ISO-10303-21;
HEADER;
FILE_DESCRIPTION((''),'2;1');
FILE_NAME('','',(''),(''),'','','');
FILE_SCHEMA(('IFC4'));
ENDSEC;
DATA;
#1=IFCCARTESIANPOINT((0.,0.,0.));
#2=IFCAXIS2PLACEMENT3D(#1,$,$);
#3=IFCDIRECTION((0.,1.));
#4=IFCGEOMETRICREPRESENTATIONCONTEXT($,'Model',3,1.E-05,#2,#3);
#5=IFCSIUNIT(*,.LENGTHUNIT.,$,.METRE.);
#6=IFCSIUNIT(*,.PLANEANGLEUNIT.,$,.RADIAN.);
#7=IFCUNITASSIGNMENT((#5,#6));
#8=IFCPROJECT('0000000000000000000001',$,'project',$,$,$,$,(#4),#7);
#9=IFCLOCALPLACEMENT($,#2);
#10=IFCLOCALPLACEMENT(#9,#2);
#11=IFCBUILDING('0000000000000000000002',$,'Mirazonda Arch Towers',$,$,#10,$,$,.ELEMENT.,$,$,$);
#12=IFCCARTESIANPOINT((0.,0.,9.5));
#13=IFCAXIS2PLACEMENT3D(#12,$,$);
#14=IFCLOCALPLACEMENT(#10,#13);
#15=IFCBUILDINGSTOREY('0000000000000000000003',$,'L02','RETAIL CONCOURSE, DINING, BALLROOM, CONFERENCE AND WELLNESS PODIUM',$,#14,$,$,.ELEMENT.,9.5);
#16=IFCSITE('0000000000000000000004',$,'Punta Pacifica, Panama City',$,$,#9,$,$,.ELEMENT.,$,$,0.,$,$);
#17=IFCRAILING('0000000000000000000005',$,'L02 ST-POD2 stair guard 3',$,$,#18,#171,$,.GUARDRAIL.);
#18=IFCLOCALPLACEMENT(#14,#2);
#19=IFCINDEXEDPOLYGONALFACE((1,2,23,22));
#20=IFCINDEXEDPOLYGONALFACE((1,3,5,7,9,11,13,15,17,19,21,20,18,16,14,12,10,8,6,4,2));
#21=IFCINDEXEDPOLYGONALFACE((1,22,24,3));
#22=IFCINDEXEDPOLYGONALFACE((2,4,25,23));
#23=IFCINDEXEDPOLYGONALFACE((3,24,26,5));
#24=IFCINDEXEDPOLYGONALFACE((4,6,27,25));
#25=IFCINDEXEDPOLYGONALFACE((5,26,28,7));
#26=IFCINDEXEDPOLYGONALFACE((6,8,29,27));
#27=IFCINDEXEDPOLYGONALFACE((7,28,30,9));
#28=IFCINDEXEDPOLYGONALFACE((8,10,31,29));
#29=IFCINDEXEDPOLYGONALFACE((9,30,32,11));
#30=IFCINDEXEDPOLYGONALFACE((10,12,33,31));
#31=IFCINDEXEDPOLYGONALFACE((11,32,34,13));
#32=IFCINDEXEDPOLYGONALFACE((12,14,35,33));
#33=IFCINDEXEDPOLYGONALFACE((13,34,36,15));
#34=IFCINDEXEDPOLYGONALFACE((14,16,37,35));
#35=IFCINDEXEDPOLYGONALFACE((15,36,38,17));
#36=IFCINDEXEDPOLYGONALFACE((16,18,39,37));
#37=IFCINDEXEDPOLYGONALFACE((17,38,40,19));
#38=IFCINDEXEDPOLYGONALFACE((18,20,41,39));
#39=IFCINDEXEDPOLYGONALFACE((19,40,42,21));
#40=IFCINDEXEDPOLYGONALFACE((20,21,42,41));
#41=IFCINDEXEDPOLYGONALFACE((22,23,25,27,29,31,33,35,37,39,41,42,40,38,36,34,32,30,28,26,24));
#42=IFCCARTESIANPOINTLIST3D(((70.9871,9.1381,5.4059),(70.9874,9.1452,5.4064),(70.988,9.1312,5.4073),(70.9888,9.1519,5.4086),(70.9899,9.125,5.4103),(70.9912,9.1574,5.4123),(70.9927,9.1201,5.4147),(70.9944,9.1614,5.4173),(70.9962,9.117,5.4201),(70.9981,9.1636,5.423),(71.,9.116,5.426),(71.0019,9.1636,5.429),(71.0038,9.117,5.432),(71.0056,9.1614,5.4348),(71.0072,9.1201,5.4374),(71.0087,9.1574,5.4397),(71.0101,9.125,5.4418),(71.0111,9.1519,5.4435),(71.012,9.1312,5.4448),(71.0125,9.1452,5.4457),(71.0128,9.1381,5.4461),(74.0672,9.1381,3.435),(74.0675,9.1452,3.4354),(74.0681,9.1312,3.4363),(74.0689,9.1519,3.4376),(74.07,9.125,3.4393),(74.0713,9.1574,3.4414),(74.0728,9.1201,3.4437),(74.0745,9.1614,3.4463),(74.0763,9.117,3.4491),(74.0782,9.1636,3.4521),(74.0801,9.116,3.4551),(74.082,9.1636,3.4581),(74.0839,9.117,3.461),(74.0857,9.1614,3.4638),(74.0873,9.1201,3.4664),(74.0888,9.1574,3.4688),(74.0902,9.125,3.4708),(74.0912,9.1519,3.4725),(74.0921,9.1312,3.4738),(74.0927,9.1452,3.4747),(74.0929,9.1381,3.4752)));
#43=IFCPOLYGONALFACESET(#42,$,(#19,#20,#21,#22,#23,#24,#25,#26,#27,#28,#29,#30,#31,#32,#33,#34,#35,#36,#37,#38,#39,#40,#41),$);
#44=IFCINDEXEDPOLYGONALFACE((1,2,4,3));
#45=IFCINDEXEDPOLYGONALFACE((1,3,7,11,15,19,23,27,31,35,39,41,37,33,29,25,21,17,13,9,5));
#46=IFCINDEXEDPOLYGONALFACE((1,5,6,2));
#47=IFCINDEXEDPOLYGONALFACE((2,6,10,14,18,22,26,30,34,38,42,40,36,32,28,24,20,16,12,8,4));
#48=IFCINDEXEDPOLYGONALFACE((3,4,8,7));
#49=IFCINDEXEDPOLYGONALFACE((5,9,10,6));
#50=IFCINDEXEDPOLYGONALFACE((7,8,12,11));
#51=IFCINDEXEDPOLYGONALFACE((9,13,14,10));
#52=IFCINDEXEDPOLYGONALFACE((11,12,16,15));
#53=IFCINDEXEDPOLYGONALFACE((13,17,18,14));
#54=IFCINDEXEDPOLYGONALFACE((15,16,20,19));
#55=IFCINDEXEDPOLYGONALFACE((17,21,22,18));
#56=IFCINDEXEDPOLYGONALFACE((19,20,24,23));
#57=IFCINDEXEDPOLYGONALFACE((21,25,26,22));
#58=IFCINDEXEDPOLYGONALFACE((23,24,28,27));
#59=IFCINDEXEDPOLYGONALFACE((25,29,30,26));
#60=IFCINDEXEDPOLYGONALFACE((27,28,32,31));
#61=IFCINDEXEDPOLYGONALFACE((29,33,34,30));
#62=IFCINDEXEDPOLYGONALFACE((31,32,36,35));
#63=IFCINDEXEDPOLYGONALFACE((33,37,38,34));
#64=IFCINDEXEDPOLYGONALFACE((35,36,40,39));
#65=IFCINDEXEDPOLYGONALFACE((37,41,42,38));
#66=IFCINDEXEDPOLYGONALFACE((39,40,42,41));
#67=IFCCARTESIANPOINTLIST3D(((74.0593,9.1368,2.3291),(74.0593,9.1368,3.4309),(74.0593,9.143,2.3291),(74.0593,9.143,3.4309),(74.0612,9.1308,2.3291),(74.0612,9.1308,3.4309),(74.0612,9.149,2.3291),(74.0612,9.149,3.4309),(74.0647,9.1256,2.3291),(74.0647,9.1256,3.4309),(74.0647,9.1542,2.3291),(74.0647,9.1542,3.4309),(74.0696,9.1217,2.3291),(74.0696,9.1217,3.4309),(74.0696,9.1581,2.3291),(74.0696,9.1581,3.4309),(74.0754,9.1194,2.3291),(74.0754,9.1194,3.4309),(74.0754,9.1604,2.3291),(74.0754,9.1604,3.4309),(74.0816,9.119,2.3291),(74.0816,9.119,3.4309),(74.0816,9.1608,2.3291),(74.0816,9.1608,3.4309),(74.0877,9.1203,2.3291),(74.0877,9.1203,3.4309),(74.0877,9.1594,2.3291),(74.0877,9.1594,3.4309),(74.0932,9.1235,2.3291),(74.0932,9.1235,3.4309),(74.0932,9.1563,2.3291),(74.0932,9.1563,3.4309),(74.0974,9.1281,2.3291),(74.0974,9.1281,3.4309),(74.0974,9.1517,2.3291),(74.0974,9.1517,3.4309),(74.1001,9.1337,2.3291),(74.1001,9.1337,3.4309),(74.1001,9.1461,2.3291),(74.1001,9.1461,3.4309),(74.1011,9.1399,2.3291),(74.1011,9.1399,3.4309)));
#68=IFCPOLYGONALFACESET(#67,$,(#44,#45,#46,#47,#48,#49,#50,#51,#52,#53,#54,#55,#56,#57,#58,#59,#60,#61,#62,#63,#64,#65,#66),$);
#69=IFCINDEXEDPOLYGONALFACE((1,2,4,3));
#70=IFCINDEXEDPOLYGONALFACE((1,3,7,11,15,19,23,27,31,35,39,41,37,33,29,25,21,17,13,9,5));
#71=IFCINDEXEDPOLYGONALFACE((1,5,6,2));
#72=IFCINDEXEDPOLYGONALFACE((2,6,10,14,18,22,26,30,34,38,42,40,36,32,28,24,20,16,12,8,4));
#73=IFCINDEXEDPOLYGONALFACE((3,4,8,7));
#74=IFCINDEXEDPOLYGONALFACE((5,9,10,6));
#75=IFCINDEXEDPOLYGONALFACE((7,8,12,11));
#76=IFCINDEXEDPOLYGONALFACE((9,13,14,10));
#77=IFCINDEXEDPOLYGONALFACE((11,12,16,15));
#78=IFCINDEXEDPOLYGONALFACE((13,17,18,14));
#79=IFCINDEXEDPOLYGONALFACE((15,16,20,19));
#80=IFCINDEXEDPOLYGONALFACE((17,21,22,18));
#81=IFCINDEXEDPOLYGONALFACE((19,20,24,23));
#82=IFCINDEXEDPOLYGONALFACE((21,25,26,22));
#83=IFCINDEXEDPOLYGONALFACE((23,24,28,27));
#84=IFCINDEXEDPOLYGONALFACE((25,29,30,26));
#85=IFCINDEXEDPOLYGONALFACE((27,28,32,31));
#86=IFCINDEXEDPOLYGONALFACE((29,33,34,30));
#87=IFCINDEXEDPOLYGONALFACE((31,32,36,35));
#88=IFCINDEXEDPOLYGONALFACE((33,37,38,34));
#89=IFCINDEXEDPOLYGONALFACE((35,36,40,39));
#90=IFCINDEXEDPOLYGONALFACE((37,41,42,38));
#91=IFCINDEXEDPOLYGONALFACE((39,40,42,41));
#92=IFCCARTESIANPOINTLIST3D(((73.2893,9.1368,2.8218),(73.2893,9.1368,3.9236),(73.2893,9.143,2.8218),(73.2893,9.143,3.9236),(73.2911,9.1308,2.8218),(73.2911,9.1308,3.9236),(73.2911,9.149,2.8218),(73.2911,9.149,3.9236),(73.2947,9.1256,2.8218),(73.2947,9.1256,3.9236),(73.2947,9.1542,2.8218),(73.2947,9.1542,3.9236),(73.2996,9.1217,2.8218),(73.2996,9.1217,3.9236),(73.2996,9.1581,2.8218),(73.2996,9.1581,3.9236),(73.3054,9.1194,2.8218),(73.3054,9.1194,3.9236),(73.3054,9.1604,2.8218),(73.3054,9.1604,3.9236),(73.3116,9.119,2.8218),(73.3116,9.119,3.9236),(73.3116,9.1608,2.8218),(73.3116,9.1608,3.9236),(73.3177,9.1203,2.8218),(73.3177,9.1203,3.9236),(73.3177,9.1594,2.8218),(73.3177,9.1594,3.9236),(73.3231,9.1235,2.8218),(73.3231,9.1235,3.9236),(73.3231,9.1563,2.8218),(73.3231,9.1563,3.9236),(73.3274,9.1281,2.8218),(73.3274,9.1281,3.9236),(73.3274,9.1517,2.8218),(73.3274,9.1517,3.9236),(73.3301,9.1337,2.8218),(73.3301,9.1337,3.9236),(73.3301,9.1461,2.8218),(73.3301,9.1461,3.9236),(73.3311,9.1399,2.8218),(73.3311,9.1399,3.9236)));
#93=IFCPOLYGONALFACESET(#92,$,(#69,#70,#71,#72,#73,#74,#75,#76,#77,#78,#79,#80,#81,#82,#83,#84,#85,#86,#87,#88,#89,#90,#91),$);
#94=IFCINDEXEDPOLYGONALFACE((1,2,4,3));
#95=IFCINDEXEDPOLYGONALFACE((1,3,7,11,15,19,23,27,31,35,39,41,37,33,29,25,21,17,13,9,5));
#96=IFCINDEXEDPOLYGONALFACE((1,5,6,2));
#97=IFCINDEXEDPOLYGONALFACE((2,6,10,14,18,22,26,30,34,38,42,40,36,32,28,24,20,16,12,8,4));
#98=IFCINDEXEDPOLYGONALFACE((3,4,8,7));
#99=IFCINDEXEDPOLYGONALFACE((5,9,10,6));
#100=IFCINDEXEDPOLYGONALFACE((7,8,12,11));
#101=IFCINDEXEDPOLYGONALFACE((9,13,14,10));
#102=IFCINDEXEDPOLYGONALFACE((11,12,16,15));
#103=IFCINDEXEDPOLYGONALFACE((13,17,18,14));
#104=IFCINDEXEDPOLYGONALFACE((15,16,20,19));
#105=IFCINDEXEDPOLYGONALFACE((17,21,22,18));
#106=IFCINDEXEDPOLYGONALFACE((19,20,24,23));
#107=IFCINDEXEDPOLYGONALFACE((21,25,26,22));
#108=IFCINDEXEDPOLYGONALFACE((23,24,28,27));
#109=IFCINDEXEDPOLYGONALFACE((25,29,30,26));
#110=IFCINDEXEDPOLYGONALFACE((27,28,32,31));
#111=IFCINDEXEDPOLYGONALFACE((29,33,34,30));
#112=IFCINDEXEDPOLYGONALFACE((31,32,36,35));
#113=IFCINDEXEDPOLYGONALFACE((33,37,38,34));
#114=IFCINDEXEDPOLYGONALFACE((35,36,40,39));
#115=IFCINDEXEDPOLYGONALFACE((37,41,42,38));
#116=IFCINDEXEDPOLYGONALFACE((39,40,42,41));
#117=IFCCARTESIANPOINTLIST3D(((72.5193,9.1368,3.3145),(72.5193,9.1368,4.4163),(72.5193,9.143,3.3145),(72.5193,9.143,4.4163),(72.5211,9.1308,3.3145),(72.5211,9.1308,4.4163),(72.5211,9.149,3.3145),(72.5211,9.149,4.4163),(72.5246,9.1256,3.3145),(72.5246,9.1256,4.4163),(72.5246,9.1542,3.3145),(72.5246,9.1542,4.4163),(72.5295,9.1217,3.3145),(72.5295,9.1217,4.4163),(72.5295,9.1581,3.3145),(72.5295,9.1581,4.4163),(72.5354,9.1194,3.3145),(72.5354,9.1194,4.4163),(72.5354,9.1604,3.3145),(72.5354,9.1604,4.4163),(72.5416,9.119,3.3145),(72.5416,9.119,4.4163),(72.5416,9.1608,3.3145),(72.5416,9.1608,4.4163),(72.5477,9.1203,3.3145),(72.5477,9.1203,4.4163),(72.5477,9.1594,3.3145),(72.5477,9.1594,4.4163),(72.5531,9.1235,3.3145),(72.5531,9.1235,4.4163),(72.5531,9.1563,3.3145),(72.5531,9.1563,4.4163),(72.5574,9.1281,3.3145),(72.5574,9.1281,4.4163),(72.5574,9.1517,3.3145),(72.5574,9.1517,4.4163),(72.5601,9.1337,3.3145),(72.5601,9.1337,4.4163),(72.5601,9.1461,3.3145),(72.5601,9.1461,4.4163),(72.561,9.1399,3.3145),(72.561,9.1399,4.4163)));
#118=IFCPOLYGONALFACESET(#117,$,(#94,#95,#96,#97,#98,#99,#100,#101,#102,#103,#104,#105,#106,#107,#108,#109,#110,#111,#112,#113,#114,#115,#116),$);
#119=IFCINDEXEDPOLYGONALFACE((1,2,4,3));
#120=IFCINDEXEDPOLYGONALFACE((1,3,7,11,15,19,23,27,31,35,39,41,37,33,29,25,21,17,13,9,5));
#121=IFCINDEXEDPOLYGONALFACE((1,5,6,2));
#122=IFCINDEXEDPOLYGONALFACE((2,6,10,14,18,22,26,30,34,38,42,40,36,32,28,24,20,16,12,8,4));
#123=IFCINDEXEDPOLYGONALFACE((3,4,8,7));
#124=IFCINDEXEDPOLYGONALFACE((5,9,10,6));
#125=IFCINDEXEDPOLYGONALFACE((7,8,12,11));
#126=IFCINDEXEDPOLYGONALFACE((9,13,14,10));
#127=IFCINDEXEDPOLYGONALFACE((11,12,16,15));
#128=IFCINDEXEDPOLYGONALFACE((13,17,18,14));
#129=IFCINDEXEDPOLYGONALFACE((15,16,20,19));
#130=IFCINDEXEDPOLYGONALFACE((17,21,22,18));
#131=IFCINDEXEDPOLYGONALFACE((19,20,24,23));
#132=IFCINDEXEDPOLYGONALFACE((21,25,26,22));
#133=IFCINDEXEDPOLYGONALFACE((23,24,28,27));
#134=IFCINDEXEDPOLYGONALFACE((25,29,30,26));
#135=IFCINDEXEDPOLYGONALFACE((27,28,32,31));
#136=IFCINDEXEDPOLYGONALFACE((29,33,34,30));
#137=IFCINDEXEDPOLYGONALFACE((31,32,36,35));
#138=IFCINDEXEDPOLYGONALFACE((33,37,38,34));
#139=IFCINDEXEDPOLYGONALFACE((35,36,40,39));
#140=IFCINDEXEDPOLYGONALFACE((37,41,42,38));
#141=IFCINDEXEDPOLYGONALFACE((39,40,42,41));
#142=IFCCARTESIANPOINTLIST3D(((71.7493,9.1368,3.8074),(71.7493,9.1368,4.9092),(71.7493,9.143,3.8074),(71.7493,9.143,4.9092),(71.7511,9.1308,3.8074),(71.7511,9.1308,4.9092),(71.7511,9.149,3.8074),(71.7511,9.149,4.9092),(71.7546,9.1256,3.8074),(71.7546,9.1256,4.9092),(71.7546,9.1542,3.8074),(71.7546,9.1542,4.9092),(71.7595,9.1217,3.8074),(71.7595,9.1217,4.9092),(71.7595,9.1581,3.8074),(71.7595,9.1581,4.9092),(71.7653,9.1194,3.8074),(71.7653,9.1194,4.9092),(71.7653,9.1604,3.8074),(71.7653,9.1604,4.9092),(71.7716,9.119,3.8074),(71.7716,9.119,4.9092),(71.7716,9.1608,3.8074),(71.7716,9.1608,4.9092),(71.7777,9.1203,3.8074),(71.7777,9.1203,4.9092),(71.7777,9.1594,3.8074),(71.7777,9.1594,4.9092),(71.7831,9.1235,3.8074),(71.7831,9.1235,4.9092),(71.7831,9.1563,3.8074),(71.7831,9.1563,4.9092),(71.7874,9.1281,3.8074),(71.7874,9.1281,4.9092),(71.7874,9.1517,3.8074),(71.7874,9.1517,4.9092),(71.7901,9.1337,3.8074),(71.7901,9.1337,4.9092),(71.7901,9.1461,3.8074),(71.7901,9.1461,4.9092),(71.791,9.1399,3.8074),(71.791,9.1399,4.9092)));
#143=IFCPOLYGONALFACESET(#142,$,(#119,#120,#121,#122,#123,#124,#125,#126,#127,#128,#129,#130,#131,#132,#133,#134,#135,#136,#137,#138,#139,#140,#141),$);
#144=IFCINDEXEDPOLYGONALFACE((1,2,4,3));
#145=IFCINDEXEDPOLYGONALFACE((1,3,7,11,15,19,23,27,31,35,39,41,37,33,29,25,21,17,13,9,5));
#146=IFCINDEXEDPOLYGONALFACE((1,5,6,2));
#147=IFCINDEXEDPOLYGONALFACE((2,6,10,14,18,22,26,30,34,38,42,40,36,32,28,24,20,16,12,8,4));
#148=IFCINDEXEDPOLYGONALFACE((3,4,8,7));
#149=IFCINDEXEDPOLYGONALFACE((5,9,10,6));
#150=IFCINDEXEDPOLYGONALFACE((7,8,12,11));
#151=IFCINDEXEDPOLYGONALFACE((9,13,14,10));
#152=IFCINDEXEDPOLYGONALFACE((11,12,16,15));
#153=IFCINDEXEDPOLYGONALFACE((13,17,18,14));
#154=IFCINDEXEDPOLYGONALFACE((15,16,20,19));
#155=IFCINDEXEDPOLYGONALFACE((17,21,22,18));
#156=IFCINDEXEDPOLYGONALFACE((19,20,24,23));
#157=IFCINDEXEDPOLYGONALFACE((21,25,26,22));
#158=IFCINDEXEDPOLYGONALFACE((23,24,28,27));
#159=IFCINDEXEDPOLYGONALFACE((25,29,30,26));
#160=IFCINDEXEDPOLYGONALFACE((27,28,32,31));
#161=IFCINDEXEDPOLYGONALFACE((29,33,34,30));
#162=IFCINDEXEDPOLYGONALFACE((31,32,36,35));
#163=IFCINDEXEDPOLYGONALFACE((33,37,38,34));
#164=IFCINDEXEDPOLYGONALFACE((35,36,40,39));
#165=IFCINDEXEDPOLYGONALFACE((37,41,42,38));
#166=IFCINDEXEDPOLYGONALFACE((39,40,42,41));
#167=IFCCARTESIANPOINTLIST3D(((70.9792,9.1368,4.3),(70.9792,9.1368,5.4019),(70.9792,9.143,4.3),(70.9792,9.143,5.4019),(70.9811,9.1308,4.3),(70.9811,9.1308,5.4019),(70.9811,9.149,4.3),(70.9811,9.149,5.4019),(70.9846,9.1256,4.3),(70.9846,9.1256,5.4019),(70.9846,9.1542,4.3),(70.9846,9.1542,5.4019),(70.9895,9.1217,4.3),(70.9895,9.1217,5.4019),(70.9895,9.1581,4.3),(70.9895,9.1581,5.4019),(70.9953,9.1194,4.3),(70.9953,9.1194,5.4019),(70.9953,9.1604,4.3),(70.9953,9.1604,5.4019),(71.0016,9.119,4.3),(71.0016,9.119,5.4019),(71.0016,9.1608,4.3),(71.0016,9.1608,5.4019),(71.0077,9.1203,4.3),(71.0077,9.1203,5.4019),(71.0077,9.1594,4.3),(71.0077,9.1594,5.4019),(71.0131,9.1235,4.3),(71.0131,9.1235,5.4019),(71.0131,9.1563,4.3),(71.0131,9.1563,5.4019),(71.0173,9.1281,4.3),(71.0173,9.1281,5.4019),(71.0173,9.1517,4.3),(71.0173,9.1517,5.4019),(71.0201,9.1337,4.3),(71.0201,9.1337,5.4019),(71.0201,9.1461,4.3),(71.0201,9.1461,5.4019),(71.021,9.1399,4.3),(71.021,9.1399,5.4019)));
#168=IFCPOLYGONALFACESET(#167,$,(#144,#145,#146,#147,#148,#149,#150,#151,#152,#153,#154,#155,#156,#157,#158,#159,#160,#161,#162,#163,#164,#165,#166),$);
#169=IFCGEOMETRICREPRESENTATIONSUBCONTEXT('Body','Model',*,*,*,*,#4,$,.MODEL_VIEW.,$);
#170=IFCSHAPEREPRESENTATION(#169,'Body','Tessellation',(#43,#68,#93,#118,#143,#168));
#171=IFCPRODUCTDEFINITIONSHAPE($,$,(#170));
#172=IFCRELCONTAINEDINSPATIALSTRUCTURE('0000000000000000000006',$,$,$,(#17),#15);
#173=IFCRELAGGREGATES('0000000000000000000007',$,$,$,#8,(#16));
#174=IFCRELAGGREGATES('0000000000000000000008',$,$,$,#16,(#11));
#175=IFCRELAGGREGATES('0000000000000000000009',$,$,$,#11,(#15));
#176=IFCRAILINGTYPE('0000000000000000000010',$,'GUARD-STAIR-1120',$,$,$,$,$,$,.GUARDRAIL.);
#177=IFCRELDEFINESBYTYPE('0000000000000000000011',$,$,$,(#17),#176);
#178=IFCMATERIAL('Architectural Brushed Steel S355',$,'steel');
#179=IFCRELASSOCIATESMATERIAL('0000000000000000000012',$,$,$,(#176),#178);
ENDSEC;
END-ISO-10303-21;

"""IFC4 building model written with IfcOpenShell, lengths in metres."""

from ifc_helpers import new_model, si_unit, direction, frame, origin, origin_2d, place, context, subcontext, project, spatial, circle, extrude, material, type_object, element, save


model = new_model("IFC4")

# Units and contexts
model_context = context("Model", 3, precision=1e-05, world=origin(), true_north=direction((0.0, 1.0)))
body_context = subcontext(model_context, "Body", "Model", "MODEL_VIEW")
ifc_project = project(units=[si_unit("LENGTHUNIT", "METRE"), si_unit("PLANEANGLEUNIT", "RADIAN")], contexts=[model_context])

# Site, building, storey
site_placement = place(None, origin())
site = spatial("IfcSite", under=ifc_project, at=site_placement, Name="Punta Pacifica, Panama City", CompositionType="ELEMENT", RefElevation=0.0)
building_placement = place(site_placement, origin())
building = spatial("IfcBuilding", under=site, at=building_placement, Name="Mirazonda Arch Towers", CompositionType="ELEMENT")
storey_placement = place(building_placement, frame((0.0, 0.0, 9.5)))
storey = spatial("IfcBuildingStorey", under=building, at=storey_placement, Name="L02", Description="RETAIL CONCOURSE, DINING, BALLROOM, CONFERENCE AND WELLNESS PODIUM", CompositionType="ELEMENT", Elevation=9.5)

# Railing
ifc_material_1 = material(Name="Architectural Brushed Steel S355", Category="steel")
railing_type_1 = type_object("IfcRailingType", Name="GUARD-STAIR-1120", PredefinedType="GUARDRAIL", material=ifc_material_1)
railing_1_placement = place(storey_placement, frame((74.0801, 9.1399, 2.3291)))
element("IfcRailing", 1, at=railing_1_placement, inside=storey, type_object=railing_type_1, Name="L02 ST-POD2 stair guard 3", PredefinedType="GUARDRAIL", context=body_context, shape_type="SweptSolid", body=[
    extrude(circle(Radius=0.0239, at=origin_2d()), frame((0.0, 0.0, 1.126), z_axis=(-0.842309, 0.0, 0.538995), x_axis=(0.0, -1.0, 0.0)), (0.0, 0.0, 1.0), 3.6567),
    extrude(circle(Radius=0.021, at=origin_2d()), origin(), (0.0, 0.0, 1.0), 1.1018),
    extrude(circle(Radius=0.021, at=origin_2d()), frame((-0.77, 0.0, 0.4927)), (0.0, 0.0, 1.0), 1.1018),
    extrude(circle(Radius=0.021, at=origin_2d()), frame((-1.54, 0.0, 0.9854)), (0.0, 0.0, 1.0), 1.1018),
    extrude(circle(Radius=0.021, at=origin_2d()), frame((-2.3101, 0.0, 1.4783)), (0.0, 0.0, 1.0), 1.1018),
    extrude(circle(Radius=0.021, at=origin_2d()), frame((-3.0801, 0.0, 1.9709)), (0.0, 0.0, 1.0), 1.1018),
])

save(model, "model.ifc")
